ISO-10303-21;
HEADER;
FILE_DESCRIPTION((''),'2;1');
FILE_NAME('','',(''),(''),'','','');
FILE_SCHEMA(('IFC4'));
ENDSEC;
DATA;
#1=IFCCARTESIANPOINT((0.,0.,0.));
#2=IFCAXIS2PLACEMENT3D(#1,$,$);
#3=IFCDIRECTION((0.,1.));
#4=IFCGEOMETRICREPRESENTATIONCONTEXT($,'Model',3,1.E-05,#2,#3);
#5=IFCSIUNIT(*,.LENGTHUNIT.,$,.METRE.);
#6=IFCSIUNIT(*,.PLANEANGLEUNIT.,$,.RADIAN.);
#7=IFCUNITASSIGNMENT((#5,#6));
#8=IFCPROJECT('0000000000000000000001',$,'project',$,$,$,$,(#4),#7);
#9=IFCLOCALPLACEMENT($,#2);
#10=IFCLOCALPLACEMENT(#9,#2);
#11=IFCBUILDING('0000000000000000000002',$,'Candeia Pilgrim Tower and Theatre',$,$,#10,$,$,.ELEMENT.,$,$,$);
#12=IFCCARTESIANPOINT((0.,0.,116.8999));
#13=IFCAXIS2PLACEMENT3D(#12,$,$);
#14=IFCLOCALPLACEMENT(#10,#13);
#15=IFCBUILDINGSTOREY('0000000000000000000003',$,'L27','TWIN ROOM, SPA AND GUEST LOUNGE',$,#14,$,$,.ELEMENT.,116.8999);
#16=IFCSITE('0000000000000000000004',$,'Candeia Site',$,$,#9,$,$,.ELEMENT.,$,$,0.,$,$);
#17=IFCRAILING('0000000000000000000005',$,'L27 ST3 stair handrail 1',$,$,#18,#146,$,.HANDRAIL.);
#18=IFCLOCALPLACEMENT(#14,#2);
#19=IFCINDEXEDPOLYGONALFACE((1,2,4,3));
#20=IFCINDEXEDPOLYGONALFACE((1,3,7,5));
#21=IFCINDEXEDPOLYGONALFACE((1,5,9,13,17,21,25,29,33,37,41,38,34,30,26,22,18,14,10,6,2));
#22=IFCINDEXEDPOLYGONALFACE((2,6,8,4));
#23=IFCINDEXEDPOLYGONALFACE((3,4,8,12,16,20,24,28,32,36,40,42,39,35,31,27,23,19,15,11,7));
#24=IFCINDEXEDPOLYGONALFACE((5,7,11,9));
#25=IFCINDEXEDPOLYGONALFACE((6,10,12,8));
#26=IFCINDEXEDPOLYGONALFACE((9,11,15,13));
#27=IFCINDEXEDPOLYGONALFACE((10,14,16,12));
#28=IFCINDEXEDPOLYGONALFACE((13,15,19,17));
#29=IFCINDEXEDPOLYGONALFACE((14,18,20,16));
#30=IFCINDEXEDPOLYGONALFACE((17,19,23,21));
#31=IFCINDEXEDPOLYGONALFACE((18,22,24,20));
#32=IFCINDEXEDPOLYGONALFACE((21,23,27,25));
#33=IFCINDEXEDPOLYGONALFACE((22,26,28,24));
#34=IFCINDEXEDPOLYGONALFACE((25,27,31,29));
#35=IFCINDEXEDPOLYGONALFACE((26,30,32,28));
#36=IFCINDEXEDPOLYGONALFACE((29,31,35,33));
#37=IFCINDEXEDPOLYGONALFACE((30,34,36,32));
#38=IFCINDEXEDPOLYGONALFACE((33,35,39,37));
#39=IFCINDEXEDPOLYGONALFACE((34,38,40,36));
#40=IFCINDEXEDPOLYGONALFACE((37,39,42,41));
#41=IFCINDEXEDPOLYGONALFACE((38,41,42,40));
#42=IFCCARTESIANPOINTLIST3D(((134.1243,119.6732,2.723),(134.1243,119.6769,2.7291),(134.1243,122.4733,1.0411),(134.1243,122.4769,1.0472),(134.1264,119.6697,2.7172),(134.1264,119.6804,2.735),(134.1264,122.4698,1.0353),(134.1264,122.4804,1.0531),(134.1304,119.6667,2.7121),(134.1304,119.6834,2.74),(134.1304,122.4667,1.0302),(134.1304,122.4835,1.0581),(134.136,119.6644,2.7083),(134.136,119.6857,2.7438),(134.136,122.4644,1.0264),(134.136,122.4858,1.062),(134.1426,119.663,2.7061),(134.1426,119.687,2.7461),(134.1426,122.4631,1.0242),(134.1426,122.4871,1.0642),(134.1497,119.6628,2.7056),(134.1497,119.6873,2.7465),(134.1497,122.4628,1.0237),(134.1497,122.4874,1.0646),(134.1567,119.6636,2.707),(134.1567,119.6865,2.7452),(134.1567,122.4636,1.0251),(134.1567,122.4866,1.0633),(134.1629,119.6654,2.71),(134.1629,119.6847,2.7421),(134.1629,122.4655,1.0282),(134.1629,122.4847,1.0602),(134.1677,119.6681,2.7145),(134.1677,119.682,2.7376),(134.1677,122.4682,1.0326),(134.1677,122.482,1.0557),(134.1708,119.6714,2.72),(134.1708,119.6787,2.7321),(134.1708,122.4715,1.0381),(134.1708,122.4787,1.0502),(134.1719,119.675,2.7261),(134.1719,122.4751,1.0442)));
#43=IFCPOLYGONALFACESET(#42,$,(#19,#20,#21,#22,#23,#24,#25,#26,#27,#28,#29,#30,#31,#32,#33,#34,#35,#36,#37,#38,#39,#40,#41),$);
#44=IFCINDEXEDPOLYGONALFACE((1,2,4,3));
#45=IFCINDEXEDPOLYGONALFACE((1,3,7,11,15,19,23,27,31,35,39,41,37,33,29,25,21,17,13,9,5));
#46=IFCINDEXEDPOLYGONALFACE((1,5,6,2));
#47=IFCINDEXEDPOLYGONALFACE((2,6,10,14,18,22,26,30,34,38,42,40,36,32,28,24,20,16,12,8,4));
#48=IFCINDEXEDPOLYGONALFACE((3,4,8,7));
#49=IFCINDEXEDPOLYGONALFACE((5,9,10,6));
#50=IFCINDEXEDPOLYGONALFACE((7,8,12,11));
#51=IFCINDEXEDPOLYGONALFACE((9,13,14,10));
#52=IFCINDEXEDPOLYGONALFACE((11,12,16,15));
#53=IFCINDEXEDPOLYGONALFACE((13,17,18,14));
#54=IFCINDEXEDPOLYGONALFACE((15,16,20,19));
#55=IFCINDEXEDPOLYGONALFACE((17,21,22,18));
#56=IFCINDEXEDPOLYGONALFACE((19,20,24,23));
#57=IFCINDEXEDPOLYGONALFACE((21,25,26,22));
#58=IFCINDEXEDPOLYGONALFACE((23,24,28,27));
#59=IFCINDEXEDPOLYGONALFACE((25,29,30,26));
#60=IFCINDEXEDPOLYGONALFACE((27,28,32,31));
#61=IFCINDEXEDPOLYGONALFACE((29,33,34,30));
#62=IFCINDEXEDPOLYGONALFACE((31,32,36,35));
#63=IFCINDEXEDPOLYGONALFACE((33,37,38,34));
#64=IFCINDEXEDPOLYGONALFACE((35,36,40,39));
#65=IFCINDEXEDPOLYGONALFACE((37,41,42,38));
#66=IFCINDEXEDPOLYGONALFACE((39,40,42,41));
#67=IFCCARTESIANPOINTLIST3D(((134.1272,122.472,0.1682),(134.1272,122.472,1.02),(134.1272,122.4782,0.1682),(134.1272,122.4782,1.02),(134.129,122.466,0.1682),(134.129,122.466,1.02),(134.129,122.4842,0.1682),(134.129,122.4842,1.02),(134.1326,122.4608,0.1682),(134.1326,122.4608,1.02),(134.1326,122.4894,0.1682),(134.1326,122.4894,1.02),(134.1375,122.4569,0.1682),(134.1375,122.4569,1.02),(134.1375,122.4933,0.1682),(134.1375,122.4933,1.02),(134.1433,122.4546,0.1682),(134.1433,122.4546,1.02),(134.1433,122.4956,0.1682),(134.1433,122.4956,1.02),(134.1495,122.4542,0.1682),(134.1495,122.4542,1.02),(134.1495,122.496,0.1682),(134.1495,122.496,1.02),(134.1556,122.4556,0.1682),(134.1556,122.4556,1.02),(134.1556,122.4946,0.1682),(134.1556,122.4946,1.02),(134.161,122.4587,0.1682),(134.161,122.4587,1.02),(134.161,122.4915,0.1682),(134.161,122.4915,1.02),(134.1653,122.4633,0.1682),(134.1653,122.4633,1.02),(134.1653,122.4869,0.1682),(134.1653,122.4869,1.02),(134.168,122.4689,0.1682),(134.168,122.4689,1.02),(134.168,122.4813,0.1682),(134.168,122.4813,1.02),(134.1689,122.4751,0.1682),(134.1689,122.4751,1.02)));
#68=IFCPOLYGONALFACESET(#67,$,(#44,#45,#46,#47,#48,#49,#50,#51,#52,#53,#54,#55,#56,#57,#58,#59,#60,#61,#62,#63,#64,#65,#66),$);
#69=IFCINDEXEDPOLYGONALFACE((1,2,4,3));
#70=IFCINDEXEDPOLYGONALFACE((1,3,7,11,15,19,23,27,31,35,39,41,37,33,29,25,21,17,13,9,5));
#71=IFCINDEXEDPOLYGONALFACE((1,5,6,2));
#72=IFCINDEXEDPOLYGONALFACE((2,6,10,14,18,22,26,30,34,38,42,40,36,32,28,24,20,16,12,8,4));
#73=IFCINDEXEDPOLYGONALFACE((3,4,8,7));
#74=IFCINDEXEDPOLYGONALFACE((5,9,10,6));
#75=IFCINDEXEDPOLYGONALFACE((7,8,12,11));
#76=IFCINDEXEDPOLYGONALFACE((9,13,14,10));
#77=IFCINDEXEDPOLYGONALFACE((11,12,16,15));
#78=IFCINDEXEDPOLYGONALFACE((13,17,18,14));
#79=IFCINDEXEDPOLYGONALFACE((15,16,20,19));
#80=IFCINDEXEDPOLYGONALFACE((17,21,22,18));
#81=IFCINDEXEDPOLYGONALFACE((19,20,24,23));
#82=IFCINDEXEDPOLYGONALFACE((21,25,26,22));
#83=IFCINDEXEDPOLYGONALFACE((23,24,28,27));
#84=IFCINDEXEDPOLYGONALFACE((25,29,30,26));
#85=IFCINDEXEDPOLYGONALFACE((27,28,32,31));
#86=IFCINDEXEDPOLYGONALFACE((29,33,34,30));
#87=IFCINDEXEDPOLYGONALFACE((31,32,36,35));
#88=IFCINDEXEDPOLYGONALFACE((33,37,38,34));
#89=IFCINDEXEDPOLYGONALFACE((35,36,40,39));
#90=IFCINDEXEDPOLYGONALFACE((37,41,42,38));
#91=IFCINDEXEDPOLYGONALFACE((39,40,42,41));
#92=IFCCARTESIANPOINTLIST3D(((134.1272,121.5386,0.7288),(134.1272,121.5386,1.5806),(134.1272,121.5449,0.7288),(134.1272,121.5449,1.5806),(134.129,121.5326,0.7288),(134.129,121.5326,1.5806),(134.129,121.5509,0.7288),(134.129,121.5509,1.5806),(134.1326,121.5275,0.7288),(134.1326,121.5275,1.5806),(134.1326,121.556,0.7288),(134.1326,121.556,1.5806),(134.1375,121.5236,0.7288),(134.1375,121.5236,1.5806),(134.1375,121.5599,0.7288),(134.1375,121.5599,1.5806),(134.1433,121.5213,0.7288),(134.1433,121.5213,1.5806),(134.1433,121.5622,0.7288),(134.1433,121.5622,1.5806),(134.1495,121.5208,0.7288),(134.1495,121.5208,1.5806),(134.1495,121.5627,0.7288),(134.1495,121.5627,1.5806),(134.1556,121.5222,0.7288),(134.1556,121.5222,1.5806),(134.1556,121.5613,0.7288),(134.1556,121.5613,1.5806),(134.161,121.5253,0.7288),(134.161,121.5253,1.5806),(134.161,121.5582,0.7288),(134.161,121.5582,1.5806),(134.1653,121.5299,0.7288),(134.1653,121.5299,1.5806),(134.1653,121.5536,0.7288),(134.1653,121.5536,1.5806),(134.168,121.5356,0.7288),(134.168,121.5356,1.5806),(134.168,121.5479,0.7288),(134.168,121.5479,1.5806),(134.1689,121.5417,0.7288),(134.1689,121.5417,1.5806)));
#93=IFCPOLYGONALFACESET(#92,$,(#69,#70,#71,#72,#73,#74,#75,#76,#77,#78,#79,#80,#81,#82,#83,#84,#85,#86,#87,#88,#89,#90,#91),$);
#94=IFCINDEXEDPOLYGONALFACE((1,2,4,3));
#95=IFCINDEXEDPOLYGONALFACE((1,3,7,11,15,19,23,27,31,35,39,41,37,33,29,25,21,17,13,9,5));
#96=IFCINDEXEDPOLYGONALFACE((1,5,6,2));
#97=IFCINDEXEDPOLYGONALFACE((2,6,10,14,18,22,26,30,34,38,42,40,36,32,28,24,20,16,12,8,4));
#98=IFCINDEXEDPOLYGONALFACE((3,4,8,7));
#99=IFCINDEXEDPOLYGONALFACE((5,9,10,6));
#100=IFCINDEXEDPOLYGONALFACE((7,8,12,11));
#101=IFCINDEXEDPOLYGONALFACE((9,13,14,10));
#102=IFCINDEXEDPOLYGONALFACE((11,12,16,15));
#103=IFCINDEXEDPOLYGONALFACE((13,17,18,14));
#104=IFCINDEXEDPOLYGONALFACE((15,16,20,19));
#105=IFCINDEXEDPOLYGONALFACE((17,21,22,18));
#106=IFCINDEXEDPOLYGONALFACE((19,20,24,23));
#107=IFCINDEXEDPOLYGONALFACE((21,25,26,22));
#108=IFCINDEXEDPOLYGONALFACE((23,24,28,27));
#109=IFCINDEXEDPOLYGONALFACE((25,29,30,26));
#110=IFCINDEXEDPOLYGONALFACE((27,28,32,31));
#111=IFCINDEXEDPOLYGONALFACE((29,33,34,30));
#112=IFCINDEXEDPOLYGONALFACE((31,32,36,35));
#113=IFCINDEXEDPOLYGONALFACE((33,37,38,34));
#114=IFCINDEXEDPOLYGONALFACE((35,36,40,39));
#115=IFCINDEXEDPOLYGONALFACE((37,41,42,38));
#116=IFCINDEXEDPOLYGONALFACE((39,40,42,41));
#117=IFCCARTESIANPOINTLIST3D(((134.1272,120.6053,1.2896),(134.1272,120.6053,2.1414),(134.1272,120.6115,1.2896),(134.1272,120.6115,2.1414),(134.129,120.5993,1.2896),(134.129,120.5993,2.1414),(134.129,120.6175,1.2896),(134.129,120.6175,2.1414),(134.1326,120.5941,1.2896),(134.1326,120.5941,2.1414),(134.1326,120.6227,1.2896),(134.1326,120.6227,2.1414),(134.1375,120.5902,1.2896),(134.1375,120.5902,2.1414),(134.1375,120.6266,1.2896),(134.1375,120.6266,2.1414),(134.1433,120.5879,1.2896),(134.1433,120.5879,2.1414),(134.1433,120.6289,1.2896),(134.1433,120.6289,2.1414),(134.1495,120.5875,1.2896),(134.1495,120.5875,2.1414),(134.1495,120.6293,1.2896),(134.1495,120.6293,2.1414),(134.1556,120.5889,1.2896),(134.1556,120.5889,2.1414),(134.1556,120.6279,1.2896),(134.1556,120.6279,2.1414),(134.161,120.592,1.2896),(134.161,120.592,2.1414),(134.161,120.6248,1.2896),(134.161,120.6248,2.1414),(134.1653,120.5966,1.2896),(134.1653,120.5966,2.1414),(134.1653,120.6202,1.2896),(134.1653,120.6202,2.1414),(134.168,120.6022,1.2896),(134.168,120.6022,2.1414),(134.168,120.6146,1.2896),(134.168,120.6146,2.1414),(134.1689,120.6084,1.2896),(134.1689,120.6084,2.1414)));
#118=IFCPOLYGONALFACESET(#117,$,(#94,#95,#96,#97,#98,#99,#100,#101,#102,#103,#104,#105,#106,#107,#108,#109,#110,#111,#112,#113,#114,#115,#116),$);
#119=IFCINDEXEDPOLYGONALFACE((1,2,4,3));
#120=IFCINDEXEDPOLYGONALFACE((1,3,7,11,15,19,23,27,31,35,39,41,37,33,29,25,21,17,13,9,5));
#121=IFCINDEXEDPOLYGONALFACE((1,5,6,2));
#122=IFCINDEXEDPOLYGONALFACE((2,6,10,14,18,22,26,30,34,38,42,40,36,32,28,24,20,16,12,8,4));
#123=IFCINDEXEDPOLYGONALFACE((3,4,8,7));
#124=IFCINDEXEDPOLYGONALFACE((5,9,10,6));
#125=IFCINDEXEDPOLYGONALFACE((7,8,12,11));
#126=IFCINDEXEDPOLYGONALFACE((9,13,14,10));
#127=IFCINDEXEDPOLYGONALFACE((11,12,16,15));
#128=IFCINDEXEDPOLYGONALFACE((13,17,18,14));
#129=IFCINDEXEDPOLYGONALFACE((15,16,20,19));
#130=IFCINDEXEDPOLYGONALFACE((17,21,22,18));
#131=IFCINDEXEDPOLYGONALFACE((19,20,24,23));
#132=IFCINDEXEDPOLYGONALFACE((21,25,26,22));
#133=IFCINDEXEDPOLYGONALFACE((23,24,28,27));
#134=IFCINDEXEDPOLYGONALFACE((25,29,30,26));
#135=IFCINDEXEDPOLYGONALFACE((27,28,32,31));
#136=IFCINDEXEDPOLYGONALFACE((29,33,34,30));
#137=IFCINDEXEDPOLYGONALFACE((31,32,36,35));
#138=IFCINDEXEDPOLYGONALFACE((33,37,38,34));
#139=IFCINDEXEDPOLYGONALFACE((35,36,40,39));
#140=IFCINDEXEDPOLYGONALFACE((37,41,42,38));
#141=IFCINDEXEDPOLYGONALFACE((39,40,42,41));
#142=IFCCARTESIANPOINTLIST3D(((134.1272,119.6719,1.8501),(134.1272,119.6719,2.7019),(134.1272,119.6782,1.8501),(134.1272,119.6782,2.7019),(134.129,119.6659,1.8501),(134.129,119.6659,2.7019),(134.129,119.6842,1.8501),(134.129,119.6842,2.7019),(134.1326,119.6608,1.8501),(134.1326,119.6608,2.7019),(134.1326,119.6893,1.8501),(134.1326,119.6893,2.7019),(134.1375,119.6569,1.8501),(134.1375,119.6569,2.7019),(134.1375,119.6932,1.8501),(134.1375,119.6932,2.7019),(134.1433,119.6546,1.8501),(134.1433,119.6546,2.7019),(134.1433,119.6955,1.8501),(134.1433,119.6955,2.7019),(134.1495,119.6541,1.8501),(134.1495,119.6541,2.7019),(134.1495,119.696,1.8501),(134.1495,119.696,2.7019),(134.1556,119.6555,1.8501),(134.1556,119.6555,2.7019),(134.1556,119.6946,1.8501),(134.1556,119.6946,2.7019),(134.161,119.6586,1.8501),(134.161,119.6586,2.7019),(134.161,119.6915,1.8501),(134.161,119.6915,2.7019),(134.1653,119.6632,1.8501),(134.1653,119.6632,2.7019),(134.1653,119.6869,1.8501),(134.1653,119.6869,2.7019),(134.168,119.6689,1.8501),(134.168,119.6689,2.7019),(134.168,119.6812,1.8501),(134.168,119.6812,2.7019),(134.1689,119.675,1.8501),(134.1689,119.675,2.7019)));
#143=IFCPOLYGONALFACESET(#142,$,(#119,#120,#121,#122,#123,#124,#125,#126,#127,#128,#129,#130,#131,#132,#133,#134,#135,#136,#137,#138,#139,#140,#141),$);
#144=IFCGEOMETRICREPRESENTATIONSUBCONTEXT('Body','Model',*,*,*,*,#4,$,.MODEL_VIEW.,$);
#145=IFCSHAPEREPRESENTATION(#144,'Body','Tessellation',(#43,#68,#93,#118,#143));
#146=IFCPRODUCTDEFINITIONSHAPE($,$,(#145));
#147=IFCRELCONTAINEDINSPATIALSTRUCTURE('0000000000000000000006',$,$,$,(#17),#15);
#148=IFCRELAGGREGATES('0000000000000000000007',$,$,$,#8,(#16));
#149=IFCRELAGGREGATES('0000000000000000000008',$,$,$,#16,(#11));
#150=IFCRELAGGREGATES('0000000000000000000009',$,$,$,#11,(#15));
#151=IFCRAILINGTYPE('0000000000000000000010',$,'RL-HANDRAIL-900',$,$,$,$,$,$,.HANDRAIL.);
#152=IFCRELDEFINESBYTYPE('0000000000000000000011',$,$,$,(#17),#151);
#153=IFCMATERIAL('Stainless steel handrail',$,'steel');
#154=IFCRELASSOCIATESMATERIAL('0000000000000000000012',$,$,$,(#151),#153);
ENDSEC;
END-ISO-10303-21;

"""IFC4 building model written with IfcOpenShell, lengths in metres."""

from ifc_helpers import new_model, si_unit, direction, frame, origin, origin_2d, place, context, subcontext, project, spatial, circle, extrude, material, type_object, element, save


model = new_model("IFC4")

# Units and contexts
model_context = context("Model", 3, precision=1e-05, world=origin(), true_north=direction((0.0, 1.0)))
body_context = subcontext(model_context, "Body", "Model", "MODEL_VIEW")
ifc_project = project(units=[si_unit("LENGTHUNIT", "METRE"), si_unit("PLANEANGLEUNIT", "RADIAN")], contexts=[model_context])

# Site, building, storey
site_placement = place(None, origin())
site = spatial("IfcSite", under=ifc_project, at=site_placement, Name="Candeia Site", CompositionType="ELEMENT", RefElevation=0.0)
building_placement = place(site_placement, origin())
building = spatial("IfcBuilding", under=site, at=building_placement, Name="Candeia Pilgrim Tower and Theatre", CompositionType="ELEMENT")
storey_placement = place(building_placement, frame((0.0, 0.0, 116.8999)))
storey = spatial("IfcBuildingStorey", under=building, at=storey_placement, Name="L27", Description="TWIN ROOM, SPA AND GUEST LOUNGE", CompositionType="ELEMENT", Elevation=116.8999)

# Railing
ifc_material_1 = material(Name="Stainless steel handrail", Category="steel")
railing_type_1 = type_object("IfcRailingType", Name="RL-HANDRAIL-900", PredefinedType="HANDRAIL", material=ifc_material_1)
railing_1_placement = place(storey_placement, frame((134.1479, 122.4751, 0.1682)))
element("IfcRailing", 1, at=railing_1_placement, inside=storey, type_object=railing_type_1, Name="L27 ST3 stair handrail 1", PredefinedType="HANDRAIL", context=body_context, shape_type="SweptSolid", body=[
    extrude(circle(Radius=0.0239, at=origin_2d()), frame((0.0, 0.0, 0.876), z_axis=(0.0, -0.857242, 0.514913), x_axis=(1.0, 0.0, 0.0)), (0.0, 0.0, 1.0), 3.2664),
    extrude(circle(Radius=0.021, at=origin_2d()), origin(), (0.0, 0.0, 1.0), 0.8518),
    extrude(circle(Radius=0.021, at=origin_2d()), frame((0.0, -0.9333, 0.5605)), (0.0, 0.0, 1.0), 0.8518),
    extrude(circle(Radius=0.021, at=origin_2d()), frame((0.0, -1.8667, 1.1213)), (0.0, 0.0, 1.0), 0.8518),
    extrude(circle(Radius=0.021, at=origin_2d()), frame((0.0, -2.8, 1.6819)), (0.0, 0.0, 1.0), 0.8518),
])

save(model, "model.ifc")
